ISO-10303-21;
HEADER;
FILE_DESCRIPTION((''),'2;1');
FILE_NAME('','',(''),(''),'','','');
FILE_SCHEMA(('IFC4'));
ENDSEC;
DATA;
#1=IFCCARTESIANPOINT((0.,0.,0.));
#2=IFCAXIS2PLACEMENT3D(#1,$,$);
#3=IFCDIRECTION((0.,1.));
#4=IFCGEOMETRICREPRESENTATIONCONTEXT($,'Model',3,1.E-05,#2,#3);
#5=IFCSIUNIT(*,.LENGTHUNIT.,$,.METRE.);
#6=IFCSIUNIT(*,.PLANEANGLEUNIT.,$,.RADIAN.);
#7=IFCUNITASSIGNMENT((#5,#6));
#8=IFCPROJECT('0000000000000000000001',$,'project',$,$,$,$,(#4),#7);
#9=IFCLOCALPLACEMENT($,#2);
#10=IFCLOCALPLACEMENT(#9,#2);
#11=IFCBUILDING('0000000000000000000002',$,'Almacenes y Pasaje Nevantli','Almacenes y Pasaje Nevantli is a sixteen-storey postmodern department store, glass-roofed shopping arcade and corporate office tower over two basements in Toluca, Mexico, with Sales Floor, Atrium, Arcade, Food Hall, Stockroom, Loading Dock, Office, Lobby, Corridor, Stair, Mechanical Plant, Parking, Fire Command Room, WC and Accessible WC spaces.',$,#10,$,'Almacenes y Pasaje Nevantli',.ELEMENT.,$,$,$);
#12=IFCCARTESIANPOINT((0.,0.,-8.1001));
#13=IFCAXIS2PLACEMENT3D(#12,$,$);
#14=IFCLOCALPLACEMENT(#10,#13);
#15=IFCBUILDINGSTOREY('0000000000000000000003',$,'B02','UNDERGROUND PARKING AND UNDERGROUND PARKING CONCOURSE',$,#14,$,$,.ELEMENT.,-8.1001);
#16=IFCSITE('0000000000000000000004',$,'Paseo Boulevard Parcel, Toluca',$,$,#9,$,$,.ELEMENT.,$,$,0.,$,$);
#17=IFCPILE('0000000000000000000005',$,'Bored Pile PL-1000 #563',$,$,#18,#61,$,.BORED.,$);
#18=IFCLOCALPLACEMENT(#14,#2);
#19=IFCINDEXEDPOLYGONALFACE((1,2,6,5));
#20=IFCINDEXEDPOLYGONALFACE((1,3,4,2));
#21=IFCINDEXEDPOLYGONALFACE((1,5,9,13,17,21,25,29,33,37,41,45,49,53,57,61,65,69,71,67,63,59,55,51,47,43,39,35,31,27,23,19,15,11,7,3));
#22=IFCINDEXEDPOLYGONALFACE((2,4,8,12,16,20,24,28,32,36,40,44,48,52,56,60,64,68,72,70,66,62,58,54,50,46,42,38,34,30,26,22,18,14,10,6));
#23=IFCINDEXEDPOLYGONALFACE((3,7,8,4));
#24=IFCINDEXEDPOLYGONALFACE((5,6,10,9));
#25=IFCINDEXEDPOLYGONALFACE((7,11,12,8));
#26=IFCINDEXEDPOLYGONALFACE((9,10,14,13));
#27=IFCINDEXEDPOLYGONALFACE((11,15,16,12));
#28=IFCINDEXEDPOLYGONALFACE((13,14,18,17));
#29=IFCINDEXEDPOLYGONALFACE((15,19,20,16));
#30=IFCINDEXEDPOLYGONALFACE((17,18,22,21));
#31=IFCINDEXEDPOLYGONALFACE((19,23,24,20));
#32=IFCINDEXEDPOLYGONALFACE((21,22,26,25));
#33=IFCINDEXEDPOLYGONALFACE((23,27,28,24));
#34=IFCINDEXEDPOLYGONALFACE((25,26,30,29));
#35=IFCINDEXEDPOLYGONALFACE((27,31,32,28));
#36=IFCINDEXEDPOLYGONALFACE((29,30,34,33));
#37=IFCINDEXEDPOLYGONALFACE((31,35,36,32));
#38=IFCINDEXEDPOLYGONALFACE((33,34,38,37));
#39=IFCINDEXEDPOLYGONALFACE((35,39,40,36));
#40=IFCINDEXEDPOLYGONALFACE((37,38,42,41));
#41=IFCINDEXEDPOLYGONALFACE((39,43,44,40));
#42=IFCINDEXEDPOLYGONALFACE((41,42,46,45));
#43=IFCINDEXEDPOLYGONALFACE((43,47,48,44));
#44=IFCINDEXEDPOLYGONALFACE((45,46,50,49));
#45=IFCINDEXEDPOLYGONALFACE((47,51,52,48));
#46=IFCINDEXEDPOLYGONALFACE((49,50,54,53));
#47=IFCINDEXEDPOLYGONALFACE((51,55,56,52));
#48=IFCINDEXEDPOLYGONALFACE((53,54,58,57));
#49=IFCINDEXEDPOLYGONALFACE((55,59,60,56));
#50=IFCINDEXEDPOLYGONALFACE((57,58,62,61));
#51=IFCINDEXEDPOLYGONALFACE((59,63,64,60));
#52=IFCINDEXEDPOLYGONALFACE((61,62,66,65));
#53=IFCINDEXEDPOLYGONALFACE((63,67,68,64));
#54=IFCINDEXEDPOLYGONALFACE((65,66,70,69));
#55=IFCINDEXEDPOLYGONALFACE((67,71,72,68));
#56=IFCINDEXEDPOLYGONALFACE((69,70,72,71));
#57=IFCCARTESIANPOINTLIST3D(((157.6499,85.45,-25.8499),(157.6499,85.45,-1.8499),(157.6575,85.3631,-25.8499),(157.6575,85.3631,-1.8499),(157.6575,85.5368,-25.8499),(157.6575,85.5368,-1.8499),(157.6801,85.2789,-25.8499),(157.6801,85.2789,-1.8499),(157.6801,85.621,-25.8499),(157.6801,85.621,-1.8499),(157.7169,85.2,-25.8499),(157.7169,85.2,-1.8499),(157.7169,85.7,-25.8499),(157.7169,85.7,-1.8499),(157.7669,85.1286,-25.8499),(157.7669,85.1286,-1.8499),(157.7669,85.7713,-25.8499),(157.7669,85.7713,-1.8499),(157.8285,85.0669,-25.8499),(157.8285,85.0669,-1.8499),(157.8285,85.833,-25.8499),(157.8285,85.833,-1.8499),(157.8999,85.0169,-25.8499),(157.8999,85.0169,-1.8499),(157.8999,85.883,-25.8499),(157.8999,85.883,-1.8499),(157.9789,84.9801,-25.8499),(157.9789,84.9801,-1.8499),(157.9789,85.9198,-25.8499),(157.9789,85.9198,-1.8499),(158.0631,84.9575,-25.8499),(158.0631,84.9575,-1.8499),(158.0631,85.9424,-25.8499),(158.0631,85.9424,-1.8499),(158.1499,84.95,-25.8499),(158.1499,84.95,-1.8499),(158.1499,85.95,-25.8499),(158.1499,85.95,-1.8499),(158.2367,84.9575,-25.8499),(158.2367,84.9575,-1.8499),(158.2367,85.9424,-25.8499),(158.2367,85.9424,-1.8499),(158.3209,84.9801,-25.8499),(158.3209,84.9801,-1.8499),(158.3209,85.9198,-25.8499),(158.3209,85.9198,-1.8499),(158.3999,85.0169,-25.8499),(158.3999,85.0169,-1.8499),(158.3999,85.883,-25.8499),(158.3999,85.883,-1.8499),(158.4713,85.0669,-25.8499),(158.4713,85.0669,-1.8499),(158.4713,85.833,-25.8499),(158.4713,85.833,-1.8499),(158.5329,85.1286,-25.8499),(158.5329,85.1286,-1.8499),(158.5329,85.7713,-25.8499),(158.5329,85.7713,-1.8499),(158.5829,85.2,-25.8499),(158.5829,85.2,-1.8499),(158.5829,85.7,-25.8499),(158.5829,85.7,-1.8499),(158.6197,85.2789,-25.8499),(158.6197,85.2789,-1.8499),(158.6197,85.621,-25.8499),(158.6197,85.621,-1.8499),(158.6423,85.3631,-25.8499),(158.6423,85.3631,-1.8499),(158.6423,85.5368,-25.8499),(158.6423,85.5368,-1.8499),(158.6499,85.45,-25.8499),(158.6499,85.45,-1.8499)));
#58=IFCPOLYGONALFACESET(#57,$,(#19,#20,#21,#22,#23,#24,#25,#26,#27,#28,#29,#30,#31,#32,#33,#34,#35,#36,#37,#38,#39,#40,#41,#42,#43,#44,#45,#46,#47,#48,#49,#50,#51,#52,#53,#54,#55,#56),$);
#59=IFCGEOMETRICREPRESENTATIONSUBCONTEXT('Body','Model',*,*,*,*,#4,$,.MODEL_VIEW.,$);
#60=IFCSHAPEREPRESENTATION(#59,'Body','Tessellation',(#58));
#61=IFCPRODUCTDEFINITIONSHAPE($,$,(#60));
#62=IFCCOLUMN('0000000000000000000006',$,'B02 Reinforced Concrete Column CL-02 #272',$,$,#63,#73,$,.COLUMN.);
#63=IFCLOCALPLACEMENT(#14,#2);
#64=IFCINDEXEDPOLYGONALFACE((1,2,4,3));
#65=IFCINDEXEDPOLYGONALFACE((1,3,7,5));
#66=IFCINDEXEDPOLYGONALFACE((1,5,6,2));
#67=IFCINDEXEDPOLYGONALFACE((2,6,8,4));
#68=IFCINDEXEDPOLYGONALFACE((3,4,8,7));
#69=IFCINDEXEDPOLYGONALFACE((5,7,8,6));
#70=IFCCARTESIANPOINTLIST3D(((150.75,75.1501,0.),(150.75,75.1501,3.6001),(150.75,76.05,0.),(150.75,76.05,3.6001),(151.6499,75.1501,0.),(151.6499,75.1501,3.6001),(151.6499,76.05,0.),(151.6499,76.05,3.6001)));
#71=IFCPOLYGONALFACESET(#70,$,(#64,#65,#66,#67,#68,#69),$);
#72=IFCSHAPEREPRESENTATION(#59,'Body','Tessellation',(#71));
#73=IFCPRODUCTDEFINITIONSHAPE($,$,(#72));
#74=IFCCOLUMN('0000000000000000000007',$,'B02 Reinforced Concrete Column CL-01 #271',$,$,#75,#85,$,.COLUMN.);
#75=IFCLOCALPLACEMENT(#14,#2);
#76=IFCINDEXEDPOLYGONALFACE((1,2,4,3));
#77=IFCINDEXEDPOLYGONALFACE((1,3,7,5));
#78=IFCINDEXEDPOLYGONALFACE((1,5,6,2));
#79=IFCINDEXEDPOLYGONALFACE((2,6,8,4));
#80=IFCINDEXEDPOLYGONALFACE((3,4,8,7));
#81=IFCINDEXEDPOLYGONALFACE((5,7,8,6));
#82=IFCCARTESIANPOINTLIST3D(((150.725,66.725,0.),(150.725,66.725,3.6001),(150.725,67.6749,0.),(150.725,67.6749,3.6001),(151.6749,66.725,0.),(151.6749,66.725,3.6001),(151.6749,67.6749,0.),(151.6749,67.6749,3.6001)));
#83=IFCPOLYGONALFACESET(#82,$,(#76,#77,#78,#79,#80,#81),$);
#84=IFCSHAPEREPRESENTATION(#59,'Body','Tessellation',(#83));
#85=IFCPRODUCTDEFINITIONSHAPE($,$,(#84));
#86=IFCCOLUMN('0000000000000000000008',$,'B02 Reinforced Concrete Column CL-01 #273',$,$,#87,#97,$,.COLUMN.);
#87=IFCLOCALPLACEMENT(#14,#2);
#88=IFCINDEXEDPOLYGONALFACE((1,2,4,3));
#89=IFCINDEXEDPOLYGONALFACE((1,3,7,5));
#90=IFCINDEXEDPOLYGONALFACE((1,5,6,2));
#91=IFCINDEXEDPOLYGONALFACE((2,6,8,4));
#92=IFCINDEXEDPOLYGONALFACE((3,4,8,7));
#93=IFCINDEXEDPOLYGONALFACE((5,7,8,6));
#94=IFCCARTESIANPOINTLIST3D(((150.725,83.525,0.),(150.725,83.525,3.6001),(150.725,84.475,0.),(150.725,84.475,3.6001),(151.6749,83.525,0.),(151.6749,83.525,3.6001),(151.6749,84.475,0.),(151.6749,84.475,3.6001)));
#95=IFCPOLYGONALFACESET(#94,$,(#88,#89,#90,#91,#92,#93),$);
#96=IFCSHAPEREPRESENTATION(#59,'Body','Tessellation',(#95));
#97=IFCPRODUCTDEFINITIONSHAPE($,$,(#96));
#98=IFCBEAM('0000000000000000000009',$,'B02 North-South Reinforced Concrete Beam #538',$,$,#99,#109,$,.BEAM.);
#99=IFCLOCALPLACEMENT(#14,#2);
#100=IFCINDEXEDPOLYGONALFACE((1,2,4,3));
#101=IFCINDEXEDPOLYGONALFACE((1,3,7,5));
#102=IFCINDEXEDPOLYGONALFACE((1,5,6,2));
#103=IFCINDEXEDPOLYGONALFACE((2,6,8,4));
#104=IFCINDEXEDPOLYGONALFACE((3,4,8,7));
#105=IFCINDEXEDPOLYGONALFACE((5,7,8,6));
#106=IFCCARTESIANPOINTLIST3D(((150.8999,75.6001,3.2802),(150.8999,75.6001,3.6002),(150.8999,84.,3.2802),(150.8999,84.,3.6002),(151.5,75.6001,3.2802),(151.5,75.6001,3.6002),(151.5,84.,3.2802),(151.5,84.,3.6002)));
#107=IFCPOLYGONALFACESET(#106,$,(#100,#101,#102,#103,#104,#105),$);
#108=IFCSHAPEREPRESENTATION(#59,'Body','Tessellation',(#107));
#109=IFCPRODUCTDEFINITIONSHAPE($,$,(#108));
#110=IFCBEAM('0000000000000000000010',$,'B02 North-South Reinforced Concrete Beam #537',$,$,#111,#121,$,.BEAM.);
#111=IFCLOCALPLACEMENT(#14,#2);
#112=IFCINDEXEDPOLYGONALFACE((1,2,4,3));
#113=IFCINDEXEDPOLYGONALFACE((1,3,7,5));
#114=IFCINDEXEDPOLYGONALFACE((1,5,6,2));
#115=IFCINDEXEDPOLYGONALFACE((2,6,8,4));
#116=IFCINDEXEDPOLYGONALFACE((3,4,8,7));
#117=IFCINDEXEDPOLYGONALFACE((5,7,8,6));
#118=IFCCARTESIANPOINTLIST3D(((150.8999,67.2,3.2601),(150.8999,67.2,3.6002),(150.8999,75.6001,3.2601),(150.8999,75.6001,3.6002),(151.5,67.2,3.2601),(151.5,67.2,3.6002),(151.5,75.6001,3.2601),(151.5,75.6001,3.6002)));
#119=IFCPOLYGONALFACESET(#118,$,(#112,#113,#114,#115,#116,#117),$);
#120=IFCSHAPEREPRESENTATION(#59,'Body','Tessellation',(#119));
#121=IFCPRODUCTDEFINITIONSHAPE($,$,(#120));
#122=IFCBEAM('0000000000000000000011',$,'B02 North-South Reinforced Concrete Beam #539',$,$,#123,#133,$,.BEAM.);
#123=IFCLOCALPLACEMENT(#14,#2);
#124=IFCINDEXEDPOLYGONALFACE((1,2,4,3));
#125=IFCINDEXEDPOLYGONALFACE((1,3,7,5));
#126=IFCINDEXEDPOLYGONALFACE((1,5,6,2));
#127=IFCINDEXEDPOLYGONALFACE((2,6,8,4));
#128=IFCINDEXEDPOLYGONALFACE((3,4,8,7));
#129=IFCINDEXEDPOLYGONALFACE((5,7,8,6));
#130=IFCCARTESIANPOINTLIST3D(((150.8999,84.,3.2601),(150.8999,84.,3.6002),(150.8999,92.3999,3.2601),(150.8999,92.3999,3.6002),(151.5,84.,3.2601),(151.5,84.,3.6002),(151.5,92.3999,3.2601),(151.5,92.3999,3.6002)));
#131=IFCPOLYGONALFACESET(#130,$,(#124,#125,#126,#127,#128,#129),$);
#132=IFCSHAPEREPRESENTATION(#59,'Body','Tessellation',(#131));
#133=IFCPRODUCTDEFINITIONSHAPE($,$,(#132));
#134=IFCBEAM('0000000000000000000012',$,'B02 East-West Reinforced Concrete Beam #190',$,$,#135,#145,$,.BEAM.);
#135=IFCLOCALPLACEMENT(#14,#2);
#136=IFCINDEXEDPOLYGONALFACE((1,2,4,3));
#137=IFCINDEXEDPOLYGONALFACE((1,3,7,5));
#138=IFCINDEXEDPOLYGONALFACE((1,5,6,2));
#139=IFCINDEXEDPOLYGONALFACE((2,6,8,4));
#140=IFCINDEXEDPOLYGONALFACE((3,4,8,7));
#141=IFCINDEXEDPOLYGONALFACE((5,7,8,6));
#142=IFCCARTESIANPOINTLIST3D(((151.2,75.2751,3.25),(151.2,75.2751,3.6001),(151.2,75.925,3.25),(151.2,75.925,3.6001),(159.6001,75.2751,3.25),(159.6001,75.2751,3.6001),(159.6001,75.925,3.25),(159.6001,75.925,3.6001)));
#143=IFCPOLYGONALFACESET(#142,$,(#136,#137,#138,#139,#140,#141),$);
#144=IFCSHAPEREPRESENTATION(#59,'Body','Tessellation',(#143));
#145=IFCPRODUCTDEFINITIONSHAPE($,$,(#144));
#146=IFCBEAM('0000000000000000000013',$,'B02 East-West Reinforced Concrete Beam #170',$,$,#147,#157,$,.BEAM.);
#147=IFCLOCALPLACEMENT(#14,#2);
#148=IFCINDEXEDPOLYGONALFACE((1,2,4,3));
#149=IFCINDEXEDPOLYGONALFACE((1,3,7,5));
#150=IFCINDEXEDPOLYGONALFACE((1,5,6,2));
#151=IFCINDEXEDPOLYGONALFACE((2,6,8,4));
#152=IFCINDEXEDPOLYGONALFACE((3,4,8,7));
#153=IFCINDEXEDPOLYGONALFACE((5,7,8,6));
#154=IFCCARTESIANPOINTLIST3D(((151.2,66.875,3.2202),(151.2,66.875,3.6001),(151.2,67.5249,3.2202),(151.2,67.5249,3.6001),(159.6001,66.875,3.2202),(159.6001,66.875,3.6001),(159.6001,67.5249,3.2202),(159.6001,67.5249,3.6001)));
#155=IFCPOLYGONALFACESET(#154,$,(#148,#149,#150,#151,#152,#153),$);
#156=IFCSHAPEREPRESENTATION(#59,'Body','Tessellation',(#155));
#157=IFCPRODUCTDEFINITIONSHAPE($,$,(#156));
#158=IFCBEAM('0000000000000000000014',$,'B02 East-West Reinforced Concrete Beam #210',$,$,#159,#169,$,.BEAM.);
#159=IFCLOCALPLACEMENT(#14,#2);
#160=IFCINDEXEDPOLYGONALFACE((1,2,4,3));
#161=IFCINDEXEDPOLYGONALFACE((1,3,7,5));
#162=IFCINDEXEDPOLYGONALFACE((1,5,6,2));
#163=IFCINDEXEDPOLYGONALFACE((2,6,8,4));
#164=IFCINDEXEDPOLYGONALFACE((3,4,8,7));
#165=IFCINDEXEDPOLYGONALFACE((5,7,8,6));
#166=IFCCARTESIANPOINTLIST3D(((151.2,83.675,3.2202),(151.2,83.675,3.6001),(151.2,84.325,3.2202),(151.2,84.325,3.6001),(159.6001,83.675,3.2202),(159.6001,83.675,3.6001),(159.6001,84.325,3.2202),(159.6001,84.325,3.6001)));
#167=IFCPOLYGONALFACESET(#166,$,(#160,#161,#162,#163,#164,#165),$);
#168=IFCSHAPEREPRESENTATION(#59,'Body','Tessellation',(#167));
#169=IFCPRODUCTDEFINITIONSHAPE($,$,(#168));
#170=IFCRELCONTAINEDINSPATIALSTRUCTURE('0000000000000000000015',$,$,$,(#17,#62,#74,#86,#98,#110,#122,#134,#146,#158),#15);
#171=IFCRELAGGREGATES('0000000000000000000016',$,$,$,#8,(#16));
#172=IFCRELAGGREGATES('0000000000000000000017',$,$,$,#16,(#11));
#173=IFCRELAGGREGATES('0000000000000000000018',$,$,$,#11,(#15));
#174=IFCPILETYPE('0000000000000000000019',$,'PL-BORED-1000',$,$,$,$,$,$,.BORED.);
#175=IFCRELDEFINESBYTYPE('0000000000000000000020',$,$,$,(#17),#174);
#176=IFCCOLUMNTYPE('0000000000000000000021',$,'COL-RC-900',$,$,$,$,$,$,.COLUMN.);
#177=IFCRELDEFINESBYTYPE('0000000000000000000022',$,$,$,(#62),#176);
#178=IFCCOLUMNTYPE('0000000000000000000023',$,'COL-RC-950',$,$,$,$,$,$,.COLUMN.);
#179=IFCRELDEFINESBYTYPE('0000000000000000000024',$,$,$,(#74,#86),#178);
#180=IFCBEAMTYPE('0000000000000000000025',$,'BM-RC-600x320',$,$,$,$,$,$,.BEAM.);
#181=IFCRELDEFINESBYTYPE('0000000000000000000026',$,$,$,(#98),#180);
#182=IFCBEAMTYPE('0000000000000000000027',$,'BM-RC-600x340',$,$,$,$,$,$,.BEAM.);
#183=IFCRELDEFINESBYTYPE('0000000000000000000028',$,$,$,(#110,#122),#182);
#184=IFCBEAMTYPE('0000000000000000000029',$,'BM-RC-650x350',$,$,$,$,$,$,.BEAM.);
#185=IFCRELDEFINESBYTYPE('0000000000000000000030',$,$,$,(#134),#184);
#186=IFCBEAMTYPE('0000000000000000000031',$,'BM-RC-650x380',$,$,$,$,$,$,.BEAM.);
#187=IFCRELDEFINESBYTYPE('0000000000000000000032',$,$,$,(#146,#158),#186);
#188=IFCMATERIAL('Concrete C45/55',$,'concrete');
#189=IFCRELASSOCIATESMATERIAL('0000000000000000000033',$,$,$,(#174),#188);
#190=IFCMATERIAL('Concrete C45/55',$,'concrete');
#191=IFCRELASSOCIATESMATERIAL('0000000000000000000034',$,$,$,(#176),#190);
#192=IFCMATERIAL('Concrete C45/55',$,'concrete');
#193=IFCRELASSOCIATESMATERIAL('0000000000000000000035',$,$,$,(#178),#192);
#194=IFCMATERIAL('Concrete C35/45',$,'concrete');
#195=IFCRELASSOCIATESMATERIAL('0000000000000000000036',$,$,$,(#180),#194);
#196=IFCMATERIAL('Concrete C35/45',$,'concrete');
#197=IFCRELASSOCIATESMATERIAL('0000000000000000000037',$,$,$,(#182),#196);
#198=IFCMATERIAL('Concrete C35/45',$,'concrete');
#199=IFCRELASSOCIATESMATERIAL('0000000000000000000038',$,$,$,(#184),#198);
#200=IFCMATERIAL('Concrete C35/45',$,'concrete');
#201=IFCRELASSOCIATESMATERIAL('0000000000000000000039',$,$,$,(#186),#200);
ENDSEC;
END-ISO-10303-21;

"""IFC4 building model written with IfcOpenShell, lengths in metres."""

from ifc_helpers import new_model, si_unit, direction, frame, origin, origin_2d, place, context, subcontext, project, spatial, rectangle, circle, extrude, material, material_profile, profile_set, type_object, element, save


model = new_model("IFC4")

# Units and contexts
model_context = context("Model", 3, precision=1e-05, world=origin(), true_north=direction((0.0, 1.0)))
body_context = subcontext(model_context, "Body", "Model", "MODEL_VIEW")
ifc_project = project(units=[si_unit("LENGTHUNIT", "METRE"), si_unit("PLANEANGLEUNIT", "RADIAN")], contexts=[model_context])

# Site, building, storey
site_placement = place(None, origin())
site = spatial("IfcSite", under=ifc_project, at=site_placement, Name="Paseo Boulevard Parcel, Toluca", CompositionType="ELEMENT", RefElevation=0.0)
building_placement = place(site_placement, origin())
building = spatial("IfcBuilding", under=site, at=building_placement, Name="Almacenes y Pasaje Nevantli", Description="Almacenes y Pasaje Nevantli is a sixteen-storey postmodern department store, glass-roofed shopping arcade and corporate office tower over two basements in Toluca, Mexico, with Sales Floor, Atrium, Arcade, Food Hall, Stockroom, Loading Dock, Office, Lobby, Corridor, Stair, Mechanical Plant, Parking, Fire Command Room, WC and Accessible WC spaces.", LongName="Almacenes y Pasaje Nevantli", CompositionType="ELEMENT")
storey_placement = place(building_placement, frame((0.0, 0.0, -8.1001)))
storey = spatial("IfcBuildingStorey", under=building, at=storey_placement, Name="B02", Description="UNDERGROUND PARKING AND UNDERGROUND PARKING CONCOURSE", CompositionType="ELEMENT", Elevation=-8.1001)

# Pile
ifc_material_1 = material(Name="Concrete C45/55", Category="concrete")
ifc_material_profile_1 = material_profile(ifc_material_1, circle(Radius=0.5, at=origin_2d()), Name="RC-PILE-D1000")
ifc_profile_set_1 = profile_set([ifc_material_profile_1], Name="Concrete C45/55")
pile_type = type_object("IfcPileType", Name="PL-BORED-1000", PredefinedType="BORED", material=ifc_profile_set_1)
for number, where, z_axis, x_axis, name in (
    (1, (158.1499, 85.45, -1.8499), (0.0, 0.0, -1.0), (1.0, 0.0, 0.0), "Bored Pile PL-1000 #563"),
):
    element("IfcPile", number, at=place(storey_placement, frame(where, z_axis=z_axis, x_axis=x_axis)), inside=storey, type_object=pile_type, Name=name, PredefinedType="BORED", context=body_context, shape_type="SweptSolid", body=[
        extrude(circle(Radius=0.5, at=origin_2d()), origin(), (0.0, 0.0, 1.0), 24.0),
    ])

# Columns
ifc_material_2 = material(Name="Concrete C45/55", Category="concrete")
ifc_material_profile_2 = material_profile(ifc_material_2, rectangle(XDim=0.8999, YDim=0.8999, at=origin_2d()), Name="RC-COL-900x900")
ifc_profile_set_2 = profile_set([ifc_material_profile_2], Name="Concrete C45/55")
column_type_1 = type_object("IfcColumnType", Name="COL-RC-900", PredefinedType="COLUMN", material=ifc_profile_set_2)
column_placement = place(storey_placement, frame((151.2, 75.6001, 0.0), z_axis=(0.0, 0.0, 1.0), x_axis=(1.0, 0.0, 0.0)))
element("IfcColumn", 2, at=column_placement, inside=storey, type_object=column_type_1, Name="B02 Reinforced Concrete Column CL-02 #272", PredefinedType="COLUMN", context=body_context, shape_type="SweptSolid", body=[
    extrude(rectangle(XDim=0.8999, YDim=0.8999, at=origin_2d()), origin(), (0.0, 0.0, 1.0), 3.6001),
])
ifc_material_3 = material(Name="Concrete C45/55", Category="concrete")
ifc_material_profile_3 = material_profile(ifc_material_3, rectangle(XDim=0.95, YDim=0.95, at=origin_2d()), Name="RC-COL-950x950")
ifc_profile_set_3 = profile_set([ifc_material_profile_3], Name="Concrete C45/55")
column_type_2 = type_object("IfcColumnType", Name="COL-RC-950", PredefinedType="COLUMN", material=ifc_profile_set_3)
for number, where, z_axis, x_axis, name in (
    (3, (151.2, 67.2, 0.0), (0.0, 0.0, 1.0), (1.0, 0.0, 0.0), "B02 Reinforced Concrete Column CL-01 #271"),
    (4, (151.2, 84.0, 0.0), (0.0, 0.0, 1.0), (1.0, 0.0, 0.0), "B02 Reinforced Concrete Column CL-01 #273"),
):
    element("IfcColumn", number, at=place(storey_placement, frame(where, z_axis=z_axis, x_axis=x_axis)), inside=storey, type_object=column_type_2, Name=name, PredefinedType="COLUMN", context=body_context, shape_type="SweptSolid", body=[
        extrude(rectangle(XDim=0.95, YDim=0.95, at=origin_2d()), origin(), (0.0, 0.0, 1.0), 3.6001),
    ])

# Beams
ifc_material_4 = material(Name="Concrete C35/45", Category="concrete")
ifc_material_profile_4 = material_profile(ifc_material_4, rectangle(XDim=0.6001, YDim=0.3201, at=origin_2d()), Name="RC-BM-600x320")
ifc_profile_set_4 = profile_set([ifc_material_profile_4], Name="Concrete C35/45")
beam_type_1 = type_object("IfcBeamType", Name="BM-RC-600x320", PredefinedType="BEAM", material=ifc_profile_set_4)
beam_1_placement = place(storey_placement, frame((151.2, 75.6001, 3.4402), z_axis=(0.0, 1.0, 0.0), x_axis=(-1.0, 0.0, 0.0)))
element("IfcBeam", 5, at=beam_1_placement, inside=storey, type_object=beam_type_1, Name="B02 North-South Reinforced Concrete Beam #538", PredefinedType="BEAM", context=body_context, shape_type="SweptSolid", body=[
    extrude(rectangle(XDim=0.6001, YDim=0.3201, at=origin_2d()), origin(), (0.0, 0.0, 1.0), 8.3999),
])
ifc_material_5 = material(Name="Concrete C35/45", Category="concrete")
ifc_material_profile_5 = material_profile(ifc_material_5, rectangle(XDim=0.6001, YDim=0.3401, at=origin_2d()), Name="RC-BM-600x340")
ifc_profile_set_5 = profile_set([ifc_material_profile_5], Name="Concrete C35/45")
beam_type_2 = type_object("IfcBeamType", Name="BM-RC-600x340", PredefinedType="BEAM", material=ifc_profile_set_5)
beam_2_placement = place(storey_placement, frame((151.2, 67.2, 3.4302), z_axis=(0.0, 1.0, 0.0), x_axis=(-1.0, 0.0, 0.0)))
element("IfcBeam", 6, at=beam_2_placement, inside=storey, type_object=beam_type_2, Name="B02 North-South Reinforced Concrete Beam #537", PredefinedType="BEAM", context=body_context, shape_type="SweptSolid", body=[
    extrude(rectangle(XDim=0.6001, YDim=0.3401, at=origin_2d()), origin(), (0.0, 0.0, 1.0), 8.4001),
])
beam_3_placement = place(storey_placement, frame((151.2, 84.0, 3.4302), z_axis=(0.0, 1.0, 0.0), x_axis=(-1.0, 0.0, 0.0)))
element("IfcBeam", 7, at=beam_3_placement, inside=storey, type_object=beam_type_2, Name="B02 North-South Reinforced Concrete Beam #539", PredefinedType="BEAM", context=body_context, shape_type="SweptSolid", body=[
    extrude(rectangle(XDim=0.6001, YDim=0.3401, at=origin_2d()), origin(), (0.0, 0.0, 1.0), 8.3999),
])
ifc_material_6 = material(Name="Concrete C35/45", Category="concrete")
ifc_material_profile_6 = material_profile(ifc_material_6, rectangle(XDim=0.6499, YDim=0.3501, at=origin_2d()), Name="RC-BM-650x350")
ifc_profile_set_6 = profile_set([ifc_material_profile_6], Name="Concrete C35/45")
beam_type_3 = type_object("IfcBeamType", Name="BM-RC-650x350", PredefinedType="BEAM", material=ifc_profile_set_6)
beam_4_placement = place(storey_placement, frame((151.2, 75.6001, 3.425), z_axis=(1.0, 0.0, 0.0), x_axis=(0.0, 1.0, 0.0)))
element("IfcBeam", 8, at=beam_4_placement, inside=storey, type_object=beam_type_3, Name="B02 East-West Reinforced Concrete Beam #190", PredefinedType="BEAM", context=body_context, shape_type="SweptSolid", body=[
    extrude(rectangle(XDim=0.6499, YDim=0.3501, at=origin_2d()), origin(), (0.0, 0.0, 1.0), 8.4001),
])
ifc_material_7 = material(Name="Concrete C35/45", Category="concrete")
ifc_material_profile_7 = material_profile(ifc_material_7, rectangle(XDim=0.6499, YDim=0.3799, at=origin_2d()), Name="RC-BM-650x380")
ifc_profile_set_7 = profile_set([ifc_material_profile_7], Name="Concrete C35/45")
beam_type_4 = type_object("IfcBeamType", Name="BM-RC-650x380", PredefinedType="BEAM", material=ifc_profile_set_7)
for number, where, z_axis, x_axis, name in (
    (9, (151.2, 67.2, 3.4102), (1.0, 0.0, 0.0), (0.0, 1.0, 0.0), "B02 East-West Reinforced Concrete Beam #170"),
    (10, (151.2, 84.0, 3.4102), (1.0, 0.0, 0.0), (0.0, 1.0, 0.0), "B02 East-West Reinforced Concrete Beam #210"),
):
    element("IfcBeam", number, at=place(storey_placement, frame(where, z_axis=z_axis, x_axis=x_axis)), inside=storey, type_object=beam_type_4, Name=name, PredefinedType="BEAM", context=body_context, shape_type="SweptSolid", body=[
        extrude(rectangle(XDim=0.6499, YDim=0.3799, at=origin_2d()), origin(), (0.0, 0.0, 1.0), 8.4001),
    ])

save(model, "model.ifc")
